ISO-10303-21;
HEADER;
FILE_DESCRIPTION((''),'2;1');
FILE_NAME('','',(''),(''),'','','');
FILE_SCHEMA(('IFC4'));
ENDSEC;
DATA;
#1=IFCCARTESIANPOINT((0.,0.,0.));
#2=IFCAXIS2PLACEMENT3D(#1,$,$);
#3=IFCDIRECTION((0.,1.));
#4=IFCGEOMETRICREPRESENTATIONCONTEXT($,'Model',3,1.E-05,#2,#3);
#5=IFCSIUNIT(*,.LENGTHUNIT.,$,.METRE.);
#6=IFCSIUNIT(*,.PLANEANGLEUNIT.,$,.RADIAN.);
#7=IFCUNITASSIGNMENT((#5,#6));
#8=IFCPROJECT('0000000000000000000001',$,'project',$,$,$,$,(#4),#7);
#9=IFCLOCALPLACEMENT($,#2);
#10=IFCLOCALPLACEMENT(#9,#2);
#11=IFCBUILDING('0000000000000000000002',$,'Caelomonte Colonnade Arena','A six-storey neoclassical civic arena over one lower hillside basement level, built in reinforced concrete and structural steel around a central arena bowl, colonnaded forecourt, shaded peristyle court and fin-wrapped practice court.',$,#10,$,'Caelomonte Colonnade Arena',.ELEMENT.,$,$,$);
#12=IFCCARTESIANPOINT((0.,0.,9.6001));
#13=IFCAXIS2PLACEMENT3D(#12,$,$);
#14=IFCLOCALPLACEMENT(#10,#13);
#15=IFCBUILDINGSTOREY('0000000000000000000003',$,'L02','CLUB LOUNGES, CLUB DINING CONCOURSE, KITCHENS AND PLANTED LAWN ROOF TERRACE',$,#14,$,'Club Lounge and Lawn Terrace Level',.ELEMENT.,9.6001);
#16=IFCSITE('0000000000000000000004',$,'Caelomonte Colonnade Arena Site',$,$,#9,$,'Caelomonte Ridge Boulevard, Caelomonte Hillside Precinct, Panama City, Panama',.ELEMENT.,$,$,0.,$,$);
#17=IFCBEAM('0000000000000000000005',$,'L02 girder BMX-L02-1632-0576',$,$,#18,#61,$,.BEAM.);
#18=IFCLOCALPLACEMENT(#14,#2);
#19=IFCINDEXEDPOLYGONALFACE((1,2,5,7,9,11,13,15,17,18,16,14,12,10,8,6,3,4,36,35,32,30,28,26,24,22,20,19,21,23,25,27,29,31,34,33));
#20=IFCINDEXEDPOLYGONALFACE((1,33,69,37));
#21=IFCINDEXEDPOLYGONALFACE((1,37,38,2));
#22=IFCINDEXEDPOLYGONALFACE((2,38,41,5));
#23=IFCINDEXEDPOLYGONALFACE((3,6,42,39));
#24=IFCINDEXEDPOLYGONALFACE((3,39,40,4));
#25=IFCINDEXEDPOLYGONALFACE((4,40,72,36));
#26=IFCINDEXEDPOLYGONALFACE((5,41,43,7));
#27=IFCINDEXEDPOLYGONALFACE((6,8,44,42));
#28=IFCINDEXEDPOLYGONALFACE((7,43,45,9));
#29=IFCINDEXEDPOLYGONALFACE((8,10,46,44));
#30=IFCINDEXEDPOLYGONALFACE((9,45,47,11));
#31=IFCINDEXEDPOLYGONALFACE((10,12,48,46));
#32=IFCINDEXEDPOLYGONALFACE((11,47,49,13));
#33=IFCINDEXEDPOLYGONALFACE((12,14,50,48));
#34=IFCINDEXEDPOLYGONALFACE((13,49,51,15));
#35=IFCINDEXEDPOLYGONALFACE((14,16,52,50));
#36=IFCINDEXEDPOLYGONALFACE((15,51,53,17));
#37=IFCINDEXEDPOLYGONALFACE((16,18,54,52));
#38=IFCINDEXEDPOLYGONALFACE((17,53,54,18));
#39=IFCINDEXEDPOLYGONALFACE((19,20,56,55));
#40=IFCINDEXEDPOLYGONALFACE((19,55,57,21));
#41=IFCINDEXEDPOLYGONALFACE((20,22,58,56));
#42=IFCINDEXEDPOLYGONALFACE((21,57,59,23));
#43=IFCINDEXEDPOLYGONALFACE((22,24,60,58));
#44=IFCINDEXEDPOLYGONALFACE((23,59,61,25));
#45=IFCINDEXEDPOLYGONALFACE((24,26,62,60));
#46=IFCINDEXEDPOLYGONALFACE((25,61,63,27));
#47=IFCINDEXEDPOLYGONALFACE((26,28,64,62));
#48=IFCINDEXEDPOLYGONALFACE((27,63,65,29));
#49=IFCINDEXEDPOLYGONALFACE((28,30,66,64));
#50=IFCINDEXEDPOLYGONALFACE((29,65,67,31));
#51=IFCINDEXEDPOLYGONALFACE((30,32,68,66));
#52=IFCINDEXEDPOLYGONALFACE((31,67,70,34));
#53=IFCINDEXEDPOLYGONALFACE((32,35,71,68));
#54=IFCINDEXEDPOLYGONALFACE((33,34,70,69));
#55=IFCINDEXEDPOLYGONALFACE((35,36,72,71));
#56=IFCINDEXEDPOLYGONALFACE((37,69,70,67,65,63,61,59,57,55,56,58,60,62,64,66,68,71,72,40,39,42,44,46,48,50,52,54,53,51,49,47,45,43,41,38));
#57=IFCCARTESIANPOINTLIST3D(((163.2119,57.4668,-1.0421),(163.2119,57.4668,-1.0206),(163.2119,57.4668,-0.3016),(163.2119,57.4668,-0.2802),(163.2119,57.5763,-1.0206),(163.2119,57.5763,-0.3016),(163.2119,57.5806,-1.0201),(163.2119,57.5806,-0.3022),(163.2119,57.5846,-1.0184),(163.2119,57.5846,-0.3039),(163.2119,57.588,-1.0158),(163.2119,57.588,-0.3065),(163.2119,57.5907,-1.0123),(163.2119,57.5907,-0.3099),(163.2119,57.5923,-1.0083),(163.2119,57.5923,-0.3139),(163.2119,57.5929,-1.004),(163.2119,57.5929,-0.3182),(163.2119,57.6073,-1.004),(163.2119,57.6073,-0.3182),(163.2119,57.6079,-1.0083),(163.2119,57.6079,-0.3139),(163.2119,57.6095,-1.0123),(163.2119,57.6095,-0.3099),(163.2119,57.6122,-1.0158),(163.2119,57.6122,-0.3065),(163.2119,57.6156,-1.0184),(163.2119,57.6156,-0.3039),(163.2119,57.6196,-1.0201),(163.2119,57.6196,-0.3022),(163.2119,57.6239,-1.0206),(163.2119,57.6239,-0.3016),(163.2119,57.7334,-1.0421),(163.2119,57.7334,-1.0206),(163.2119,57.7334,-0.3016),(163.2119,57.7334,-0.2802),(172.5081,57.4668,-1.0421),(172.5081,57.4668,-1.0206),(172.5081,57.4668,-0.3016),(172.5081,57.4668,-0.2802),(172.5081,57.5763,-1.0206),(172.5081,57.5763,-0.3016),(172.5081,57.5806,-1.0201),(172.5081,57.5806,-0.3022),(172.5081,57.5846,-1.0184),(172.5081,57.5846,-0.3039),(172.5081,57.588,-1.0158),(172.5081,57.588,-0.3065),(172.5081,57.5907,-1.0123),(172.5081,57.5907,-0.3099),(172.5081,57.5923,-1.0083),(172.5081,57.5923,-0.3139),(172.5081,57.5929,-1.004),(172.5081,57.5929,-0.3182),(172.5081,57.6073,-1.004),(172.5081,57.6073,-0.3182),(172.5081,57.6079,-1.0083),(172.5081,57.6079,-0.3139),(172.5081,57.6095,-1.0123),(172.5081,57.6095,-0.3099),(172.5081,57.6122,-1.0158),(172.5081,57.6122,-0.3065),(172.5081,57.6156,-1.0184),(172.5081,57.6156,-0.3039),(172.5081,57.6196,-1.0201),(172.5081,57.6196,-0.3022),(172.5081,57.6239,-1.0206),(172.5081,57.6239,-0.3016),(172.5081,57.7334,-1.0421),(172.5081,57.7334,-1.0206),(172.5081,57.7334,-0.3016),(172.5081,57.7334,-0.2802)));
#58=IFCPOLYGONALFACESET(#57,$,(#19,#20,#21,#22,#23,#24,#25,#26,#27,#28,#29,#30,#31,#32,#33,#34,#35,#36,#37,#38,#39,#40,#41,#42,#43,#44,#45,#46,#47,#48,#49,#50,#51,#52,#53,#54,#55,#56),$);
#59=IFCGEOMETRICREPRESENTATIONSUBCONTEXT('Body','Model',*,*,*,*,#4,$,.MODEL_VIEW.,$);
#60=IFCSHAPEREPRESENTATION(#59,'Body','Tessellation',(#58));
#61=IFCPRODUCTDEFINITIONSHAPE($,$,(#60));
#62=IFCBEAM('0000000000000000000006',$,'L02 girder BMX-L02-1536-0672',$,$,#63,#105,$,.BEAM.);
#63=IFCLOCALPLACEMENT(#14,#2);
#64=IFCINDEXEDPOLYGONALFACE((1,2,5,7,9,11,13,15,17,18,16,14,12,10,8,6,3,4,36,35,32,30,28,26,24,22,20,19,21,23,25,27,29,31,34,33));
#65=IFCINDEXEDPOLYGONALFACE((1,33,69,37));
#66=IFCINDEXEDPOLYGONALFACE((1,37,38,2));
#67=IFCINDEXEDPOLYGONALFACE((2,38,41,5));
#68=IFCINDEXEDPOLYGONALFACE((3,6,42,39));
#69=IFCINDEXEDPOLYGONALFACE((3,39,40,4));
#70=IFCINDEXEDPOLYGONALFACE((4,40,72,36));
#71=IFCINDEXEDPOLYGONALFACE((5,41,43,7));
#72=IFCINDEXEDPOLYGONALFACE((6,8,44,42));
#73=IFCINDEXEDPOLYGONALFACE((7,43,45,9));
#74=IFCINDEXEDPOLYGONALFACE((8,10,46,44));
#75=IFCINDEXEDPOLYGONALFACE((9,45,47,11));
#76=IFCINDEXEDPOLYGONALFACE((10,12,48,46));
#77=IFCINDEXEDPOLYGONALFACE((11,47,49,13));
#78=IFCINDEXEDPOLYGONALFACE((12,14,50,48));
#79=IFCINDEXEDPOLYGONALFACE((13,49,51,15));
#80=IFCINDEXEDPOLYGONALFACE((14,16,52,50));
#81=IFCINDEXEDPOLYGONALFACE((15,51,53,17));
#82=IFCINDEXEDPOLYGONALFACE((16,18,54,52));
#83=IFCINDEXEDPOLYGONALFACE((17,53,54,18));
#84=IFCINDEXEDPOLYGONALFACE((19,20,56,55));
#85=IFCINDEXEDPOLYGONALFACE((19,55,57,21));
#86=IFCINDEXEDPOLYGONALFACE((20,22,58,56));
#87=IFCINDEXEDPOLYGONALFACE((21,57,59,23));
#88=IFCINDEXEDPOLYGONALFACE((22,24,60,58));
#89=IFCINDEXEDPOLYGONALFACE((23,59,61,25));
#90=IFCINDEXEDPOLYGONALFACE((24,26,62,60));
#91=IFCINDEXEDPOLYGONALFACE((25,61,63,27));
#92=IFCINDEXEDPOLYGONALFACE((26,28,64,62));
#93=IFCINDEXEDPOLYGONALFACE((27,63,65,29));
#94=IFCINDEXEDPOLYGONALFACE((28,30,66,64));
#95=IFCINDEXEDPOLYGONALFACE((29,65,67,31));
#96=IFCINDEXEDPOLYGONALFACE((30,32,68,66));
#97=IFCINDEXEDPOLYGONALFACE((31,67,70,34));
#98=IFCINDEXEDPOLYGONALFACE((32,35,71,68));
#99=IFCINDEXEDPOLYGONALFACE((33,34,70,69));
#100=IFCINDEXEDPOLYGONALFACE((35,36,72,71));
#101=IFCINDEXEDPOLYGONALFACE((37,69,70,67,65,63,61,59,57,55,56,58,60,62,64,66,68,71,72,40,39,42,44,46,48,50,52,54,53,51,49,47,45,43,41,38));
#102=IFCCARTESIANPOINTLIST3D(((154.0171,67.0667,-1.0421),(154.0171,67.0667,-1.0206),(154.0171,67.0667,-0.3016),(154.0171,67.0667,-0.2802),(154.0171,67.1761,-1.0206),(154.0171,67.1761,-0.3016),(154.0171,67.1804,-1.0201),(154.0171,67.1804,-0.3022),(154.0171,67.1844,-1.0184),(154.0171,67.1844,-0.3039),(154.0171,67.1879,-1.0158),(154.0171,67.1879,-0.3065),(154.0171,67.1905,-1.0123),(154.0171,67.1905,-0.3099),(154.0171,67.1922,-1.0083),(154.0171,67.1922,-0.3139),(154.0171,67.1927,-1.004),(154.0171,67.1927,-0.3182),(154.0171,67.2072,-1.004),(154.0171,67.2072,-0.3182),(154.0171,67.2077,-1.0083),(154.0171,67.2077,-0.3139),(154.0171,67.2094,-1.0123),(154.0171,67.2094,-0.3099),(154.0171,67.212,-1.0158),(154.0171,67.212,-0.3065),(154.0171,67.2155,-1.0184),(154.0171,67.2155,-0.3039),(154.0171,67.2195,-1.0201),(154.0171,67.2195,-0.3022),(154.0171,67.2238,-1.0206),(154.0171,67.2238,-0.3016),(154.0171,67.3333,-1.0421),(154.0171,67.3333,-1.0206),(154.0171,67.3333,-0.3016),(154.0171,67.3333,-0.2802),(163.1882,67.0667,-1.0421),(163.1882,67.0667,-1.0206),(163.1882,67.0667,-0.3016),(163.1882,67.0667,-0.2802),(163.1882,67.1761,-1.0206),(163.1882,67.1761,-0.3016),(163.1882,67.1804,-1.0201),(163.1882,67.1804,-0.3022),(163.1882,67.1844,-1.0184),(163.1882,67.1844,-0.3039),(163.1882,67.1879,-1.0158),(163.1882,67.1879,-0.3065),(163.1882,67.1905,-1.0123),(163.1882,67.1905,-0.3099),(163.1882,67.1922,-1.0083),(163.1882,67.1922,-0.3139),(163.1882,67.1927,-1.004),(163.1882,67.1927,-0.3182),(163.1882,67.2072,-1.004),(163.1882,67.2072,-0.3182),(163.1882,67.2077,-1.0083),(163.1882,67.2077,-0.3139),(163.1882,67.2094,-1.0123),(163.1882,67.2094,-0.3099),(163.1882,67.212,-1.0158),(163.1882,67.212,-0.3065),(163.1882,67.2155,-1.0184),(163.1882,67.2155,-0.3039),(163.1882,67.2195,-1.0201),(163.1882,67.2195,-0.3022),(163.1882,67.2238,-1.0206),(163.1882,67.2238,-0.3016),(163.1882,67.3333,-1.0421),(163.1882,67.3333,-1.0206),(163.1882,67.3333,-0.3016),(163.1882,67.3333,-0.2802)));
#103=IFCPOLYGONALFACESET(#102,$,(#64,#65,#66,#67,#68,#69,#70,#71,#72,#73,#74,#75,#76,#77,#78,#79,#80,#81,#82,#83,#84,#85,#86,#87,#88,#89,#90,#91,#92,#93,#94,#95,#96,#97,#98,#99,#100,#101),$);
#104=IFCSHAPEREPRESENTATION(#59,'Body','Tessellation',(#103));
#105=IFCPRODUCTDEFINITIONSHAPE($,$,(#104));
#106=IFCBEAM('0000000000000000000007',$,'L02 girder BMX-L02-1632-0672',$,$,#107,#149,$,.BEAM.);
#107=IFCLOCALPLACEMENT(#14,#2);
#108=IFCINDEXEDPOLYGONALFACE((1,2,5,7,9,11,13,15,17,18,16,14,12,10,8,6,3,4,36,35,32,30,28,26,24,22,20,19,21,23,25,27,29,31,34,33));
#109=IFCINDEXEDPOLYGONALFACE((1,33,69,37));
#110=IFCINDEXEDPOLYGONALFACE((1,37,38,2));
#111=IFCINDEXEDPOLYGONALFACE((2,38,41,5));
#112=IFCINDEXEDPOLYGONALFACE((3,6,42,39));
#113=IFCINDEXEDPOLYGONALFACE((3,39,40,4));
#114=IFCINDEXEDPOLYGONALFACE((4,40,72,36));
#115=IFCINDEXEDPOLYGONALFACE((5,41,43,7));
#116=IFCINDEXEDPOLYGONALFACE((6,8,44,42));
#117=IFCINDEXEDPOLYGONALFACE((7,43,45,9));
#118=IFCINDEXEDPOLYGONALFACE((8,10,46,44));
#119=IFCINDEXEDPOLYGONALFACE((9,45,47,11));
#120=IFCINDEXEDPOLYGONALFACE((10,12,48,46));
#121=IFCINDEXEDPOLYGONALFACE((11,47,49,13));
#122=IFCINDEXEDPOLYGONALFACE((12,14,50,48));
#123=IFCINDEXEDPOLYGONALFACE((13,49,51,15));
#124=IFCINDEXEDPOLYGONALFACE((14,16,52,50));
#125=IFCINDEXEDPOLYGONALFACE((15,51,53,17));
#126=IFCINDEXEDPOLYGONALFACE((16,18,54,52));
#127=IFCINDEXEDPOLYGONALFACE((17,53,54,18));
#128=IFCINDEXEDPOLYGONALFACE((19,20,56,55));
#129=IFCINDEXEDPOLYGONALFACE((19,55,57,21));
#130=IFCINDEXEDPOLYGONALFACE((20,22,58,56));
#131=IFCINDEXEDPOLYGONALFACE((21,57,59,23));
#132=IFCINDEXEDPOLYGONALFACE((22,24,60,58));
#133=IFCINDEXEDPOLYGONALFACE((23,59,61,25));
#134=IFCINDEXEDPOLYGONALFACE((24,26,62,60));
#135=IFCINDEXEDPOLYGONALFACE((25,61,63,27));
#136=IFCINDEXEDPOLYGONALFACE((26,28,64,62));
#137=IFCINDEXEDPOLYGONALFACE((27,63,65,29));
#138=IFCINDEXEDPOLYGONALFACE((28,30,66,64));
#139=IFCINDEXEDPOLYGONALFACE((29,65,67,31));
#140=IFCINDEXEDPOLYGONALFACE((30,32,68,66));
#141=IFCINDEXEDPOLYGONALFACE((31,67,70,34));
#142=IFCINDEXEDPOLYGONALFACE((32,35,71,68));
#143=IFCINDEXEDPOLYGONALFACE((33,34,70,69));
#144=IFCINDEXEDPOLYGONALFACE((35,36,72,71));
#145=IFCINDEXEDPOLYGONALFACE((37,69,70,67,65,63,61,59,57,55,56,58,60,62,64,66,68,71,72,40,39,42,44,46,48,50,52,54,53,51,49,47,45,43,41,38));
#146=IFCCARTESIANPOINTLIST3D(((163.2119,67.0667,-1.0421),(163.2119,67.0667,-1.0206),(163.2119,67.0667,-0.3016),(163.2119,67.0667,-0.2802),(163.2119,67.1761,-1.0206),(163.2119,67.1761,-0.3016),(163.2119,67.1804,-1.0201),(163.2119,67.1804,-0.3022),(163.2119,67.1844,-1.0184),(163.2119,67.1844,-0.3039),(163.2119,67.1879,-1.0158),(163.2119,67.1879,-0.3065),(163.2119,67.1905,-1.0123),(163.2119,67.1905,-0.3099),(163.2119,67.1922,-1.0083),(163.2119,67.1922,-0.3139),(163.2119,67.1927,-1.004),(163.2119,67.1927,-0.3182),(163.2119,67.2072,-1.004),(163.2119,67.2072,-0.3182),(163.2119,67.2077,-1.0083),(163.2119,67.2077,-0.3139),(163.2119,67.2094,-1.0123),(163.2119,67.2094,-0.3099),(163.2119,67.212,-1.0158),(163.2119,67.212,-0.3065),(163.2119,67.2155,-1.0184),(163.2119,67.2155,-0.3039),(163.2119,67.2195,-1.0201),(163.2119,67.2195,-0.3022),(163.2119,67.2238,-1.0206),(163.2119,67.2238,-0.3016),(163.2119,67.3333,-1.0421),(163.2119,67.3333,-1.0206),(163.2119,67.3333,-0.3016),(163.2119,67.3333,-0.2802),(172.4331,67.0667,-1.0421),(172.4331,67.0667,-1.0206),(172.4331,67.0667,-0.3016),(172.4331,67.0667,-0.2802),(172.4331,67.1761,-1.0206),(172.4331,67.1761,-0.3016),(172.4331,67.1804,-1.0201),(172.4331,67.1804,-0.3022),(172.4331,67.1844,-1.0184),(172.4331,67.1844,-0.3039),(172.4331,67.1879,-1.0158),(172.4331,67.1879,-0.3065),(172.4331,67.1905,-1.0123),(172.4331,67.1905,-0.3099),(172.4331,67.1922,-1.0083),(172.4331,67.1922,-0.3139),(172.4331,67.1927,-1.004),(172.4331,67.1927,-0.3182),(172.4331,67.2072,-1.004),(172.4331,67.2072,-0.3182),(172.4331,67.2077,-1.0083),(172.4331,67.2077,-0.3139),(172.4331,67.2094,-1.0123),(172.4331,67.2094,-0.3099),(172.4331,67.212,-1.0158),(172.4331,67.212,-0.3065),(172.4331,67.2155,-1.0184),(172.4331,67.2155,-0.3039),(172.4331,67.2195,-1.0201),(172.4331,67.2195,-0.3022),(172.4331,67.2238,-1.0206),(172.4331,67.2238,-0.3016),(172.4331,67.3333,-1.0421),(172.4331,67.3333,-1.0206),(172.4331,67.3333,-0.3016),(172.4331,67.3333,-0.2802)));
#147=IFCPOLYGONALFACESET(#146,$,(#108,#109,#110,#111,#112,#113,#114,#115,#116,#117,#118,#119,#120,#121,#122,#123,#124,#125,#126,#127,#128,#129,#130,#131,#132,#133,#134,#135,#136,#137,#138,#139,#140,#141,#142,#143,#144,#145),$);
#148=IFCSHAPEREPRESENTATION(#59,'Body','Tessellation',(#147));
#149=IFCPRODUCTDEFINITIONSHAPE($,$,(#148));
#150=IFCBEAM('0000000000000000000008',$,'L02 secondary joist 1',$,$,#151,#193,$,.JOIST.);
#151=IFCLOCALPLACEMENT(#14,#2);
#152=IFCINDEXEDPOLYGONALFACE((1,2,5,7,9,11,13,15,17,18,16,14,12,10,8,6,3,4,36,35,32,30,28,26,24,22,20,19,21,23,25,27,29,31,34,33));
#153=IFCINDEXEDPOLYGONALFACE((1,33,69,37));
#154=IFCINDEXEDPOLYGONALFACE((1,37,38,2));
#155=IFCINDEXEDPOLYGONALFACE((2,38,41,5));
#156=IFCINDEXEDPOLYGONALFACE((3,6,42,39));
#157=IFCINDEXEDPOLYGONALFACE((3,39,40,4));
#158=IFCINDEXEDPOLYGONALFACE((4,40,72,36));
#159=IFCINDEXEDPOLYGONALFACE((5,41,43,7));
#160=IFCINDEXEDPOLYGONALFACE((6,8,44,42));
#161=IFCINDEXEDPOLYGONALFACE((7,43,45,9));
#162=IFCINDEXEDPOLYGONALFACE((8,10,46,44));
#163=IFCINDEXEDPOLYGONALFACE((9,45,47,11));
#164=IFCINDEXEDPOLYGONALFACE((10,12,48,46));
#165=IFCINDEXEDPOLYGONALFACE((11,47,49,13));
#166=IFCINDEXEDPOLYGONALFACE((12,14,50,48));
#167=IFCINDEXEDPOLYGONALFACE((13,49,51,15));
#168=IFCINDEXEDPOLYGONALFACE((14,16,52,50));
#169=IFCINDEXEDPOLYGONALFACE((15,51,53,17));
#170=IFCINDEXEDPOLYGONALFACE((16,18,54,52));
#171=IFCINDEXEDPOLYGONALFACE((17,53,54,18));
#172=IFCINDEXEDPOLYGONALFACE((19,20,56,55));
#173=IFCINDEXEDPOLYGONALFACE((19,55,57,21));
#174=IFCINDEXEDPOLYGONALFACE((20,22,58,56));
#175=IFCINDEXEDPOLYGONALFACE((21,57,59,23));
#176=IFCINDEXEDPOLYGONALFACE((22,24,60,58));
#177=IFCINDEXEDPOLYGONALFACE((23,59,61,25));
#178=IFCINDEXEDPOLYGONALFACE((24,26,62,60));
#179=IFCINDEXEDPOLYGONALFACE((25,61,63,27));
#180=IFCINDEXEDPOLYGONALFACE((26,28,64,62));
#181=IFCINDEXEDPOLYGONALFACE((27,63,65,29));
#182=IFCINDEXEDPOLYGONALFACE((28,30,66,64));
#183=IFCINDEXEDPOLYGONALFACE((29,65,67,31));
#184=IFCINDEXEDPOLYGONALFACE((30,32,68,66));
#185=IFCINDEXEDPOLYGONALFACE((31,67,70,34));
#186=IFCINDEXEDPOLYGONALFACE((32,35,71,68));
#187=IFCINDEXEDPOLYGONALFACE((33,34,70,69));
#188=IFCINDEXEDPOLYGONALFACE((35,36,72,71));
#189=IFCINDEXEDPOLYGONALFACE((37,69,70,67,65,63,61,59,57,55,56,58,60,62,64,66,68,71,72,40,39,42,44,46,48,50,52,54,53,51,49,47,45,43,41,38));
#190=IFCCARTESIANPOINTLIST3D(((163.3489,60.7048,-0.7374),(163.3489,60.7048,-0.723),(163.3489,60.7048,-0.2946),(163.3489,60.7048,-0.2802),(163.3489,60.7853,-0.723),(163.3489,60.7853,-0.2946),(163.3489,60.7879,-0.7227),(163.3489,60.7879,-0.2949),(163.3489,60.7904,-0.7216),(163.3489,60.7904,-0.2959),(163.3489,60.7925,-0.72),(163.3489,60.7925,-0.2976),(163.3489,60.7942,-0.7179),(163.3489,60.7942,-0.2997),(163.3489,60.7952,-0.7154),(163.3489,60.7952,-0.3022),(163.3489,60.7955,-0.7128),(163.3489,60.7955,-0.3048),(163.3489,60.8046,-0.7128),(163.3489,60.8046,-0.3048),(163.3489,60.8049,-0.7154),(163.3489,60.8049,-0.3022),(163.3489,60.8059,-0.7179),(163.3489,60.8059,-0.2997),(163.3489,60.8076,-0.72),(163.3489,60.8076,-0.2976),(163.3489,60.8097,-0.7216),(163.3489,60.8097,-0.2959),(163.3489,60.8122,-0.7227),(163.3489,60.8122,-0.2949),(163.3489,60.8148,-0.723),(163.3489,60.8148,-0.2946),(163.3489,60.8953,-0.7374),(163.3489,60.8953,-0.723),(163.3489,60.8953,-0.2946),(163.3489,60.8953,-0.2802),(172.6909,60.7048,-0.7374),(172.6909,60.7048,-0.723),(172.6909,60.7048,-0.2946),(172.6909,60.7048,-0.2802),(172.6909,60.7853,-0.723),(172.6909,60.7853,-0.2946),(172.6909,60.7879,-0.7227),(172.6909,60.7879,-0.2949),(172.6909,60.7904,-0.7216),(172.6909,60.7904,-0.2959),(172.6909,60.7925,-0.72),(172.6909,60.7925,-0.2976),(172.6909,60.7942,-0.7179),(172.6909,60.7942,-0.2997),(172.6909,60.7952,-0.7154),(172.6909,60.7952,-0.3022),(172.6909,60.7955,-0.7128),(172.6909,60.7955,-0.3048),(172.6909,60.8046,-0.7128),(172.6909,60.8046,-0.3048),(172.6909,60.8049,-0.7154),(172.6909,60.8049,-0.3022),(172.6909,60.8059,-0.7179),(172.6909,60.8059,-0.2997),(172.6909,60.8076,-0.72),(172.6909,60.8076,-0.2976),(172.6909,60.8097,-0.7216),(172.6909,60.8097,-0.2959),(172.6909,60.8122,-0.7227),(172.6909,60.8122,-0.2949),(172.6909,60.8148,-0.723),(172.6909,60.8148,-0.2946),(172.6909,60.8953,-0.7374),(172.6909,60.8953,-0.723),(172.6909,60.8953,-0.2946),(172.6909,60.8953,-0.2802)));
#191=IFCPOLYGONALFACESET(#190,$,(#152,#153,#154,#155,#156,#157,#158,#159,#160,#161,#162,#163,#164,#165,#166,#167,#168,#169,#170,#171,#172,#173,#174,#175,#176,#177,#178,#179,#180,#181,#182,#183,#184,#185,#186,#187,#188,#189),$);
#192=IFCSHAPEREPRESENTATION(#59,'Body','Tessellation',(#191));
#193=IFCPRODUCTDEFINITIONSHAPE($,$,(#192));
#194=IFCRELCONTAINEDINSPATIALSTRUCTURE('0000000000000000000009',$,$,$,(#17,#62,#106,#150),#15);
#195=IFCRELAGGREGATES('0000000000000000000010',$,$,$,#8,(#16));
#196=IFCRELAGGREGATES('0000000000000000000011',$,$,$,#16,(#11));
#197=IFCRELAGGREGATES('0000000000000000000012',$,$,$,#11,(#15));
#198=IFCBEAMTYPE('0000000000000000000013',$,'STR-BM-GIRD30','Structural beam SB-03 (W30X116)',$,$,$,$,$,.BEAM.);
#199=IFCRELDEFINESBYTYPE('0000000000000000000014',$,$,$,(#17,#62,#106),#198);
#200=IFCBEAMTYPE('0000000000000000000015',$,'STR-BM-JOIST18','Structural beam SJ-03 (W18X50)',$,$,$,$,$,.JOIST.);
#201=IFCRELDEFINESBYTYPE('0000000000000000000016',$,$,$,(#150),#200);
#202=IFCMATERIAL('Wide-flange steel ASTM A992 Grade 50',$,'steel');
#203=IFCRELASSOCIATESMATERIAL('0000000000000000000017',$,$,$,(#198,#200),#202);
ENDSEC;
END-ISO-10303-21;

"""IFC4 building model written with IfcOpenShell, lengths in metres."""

from ifc_helpers import new_model, si_unit, direction, frame, origin, origin_2d, place, context, subcontext, project, spatial, i_section, extrude, material, material_profile, profile_set, type_object, element, save


model = new_model("IFC4")

# Units and contexts
model_context = context("Model", 3, precision=1e-05, world=origin(), true_north=direction((0.0, 1.0)))
body_context = subcontext(model_context, "Body", "Model", "MODEL_VIEW")
ifc_project = project(units=[si_unit("LENGTHUNIT", "METRE"), si_unit("PLANEANGLEUNIT", "RADIAN")], contexts=[model_context])

# Site, building, storey
site_placement = place(None, origin())
site = spatial("IfcSite", under=ifc_project, at=site_placement, Name="Caelomonte Colonnade Arena Site", LongName="Caelomonte Ridge Boulevard, Caelomonte Hillside Precinct, Panama City, Panama", CompositionType="ELEMENT", RefElevation=0.0)
building_placement = place(site_placement, origin())
building = spatial("IfcBuilding", under=site, at=building_placement, Name="Caelomonte Colonnade Arena", Description="A six-storey neoclassical civic arena over one lower hillside basement level, built in reinforced concrete and structural steel around a central arena bowl, colonnaded forecourt, shaded peristyle court and fin-wrapped practice court.", LongName="Caelomonte Colonnade Arena", CompositionType="ELEMENT")
storey_placement = place(building_placement, frame((0.0, 0.0, 9.6001)))
storey = spatial("IfcBuildingStorey", under=building, at=storey_placement, Name="L02", Description="CLUB LOUNGES, CLUB DINING CONCOURSE, KITCHENS AND PLANTED LAWN ROOF TERRACE", LongName="Club Lounge and Lawn Terrace Level", CompositionType="ELEMENT", Elevation=9.6001)

# Shared definitions
ifc_material_1 = material(Name="Wide-flange steel ASTM A992 Grade 50", Category="steel")

# Beams
ifc_material_profile_1 = material_profile(ifc_material_1, i_section(OverallWidth=0.2666, OverallDepth=0.762, WebThickness=0.0144, FlangeThickness=0.0215, FilletRadius=0.0166, at=origin_2d()), Name="W30X116")
ifc_profile_set_1 = profile_set([ifc_material_profile_1], Name="Wide-flange steel ASTM A992 Grade 50")
beam_type_1 = type_object("IfcBeamType", Name="STR-BM-GIRD30", Description="Structural beam SB-03 (W30X116)", PredefinedType="BEAM", material=ifc_profile_set_1)
beam_1_placement = place(storey_placement, frame((163.2119, 57.6001, -0.6611), z_axis=(1.0, 0.0, 0.0), x_axis=(0.0, 1.0, 0.0)))
element("IfcBeam", 1, at=beam_1_placement, inside=storey, type_object=beam_type_1, Name="L02 girder BMX-L02-1632-0576", PredefinedType="BEAM", context=body_context, shape_type="SweptSolid", body=[
    extrude(i_section(OverallWidth=0.2666, OverallDepth=0.762, WebThickness=0.0144, FlangeThickness=0.0215, FilletRadius=0.0166, at=origin_2d()), origin(), (0.0, 0.0, 1.0), 9.2961),
])
beam_2_placement = place(storey_placement, frame((154.0171, 67.2, -0.6611), z_axis=(1.0, 0.0, 0.0), x_axis=(0.0, 1.0, 0.0)))
element("IfcBeam", 2, at=beam_2_placement, inside=storey, type_object=beam_type_1, Name="L02 girder BMX-L02-1536-0672", PredefinedType="BEAM", context=body_context, shape_type="SweptSolid", body=[
    extrude(i_section(OverallWidth=0.2666, OverallDepth=0.762, WebThickness=0.0144, FlangeThickness=0.0215, FilletRadius=0.0166, at=origin_2d()), origin(), (0.0, 0.0, 1.0), 9.1711),
])
beam_3_placement = place(storey_placement, frame((163.2119, 67.2, -0.6611), z_axis=(1.0, 0.0, 0.0), x_axis=(0.0, 1.0, 0.0)))
element("IfcBeam", 3, at=beam_3_placement, inside=storey, type_object=beam_type_1, Name="L02 girder BMX-L02-1632-0672", PredefinedType="BEAM", context=body_context, shape_type="SweptSolid", body=[
    extrude(i_section(OverallWidth=0.2666, OverallDepth=0.762, WebThickness=0.0144, FlangeThickness=0.0215, FilletRadius=0.0166, at=origin_2d()), origin(), (0.0, 0.0, 1.0), 9.2212),
])
ifc_material_profile_2 = material_profile(ifc_material_1, i_section(OverallWidth=0.1904, OverallDepth=0.4573, WebThickness=0.009, FlangeThickness=0.0144, FilletRadius=0.0103, at=origin_2d()), Name="W18X50")
ifc_profile_set_2 = profile_set([ifc_material_profile_2], Name="Wide-flange steel ASTM A992 Grade 50")
beam_type_2 = type_object("IfcBeamType", Name="STR-BM-JOIST18", Description="Structural beam SJ-03 (W18X50)", PredefinedType="JOIST", material=ifc_profile_set_2)
for number, where, z_axis, x_axis, name in (
    (4, (163.3489, 60.8, -0.5088), (1.0, 0.0, 0.0), (0.0, 1.0, 0.0), "L02 secondary joist 1"),
):
    element("IfcBeam", number, at=place(storey_placement, frame(where, z_axis=z_axis, x_axis=x_axis)), inside=storey, type_object=beam_type_2, Name=name, PredefinedType="JOIST", context=body_context, shape_type="SweptSolid", body=[
        extrude(i_section(OverallWidth=0.1904, OverallDepth=0.4573, WebThickness=0.009, FlangeThickness=0.0144, FilletRadius=0.0103, at=origin_2d()), origin(), (0.0, 0.0, 1.0), 9.342),
    ])

save(model, "model.ifc")
